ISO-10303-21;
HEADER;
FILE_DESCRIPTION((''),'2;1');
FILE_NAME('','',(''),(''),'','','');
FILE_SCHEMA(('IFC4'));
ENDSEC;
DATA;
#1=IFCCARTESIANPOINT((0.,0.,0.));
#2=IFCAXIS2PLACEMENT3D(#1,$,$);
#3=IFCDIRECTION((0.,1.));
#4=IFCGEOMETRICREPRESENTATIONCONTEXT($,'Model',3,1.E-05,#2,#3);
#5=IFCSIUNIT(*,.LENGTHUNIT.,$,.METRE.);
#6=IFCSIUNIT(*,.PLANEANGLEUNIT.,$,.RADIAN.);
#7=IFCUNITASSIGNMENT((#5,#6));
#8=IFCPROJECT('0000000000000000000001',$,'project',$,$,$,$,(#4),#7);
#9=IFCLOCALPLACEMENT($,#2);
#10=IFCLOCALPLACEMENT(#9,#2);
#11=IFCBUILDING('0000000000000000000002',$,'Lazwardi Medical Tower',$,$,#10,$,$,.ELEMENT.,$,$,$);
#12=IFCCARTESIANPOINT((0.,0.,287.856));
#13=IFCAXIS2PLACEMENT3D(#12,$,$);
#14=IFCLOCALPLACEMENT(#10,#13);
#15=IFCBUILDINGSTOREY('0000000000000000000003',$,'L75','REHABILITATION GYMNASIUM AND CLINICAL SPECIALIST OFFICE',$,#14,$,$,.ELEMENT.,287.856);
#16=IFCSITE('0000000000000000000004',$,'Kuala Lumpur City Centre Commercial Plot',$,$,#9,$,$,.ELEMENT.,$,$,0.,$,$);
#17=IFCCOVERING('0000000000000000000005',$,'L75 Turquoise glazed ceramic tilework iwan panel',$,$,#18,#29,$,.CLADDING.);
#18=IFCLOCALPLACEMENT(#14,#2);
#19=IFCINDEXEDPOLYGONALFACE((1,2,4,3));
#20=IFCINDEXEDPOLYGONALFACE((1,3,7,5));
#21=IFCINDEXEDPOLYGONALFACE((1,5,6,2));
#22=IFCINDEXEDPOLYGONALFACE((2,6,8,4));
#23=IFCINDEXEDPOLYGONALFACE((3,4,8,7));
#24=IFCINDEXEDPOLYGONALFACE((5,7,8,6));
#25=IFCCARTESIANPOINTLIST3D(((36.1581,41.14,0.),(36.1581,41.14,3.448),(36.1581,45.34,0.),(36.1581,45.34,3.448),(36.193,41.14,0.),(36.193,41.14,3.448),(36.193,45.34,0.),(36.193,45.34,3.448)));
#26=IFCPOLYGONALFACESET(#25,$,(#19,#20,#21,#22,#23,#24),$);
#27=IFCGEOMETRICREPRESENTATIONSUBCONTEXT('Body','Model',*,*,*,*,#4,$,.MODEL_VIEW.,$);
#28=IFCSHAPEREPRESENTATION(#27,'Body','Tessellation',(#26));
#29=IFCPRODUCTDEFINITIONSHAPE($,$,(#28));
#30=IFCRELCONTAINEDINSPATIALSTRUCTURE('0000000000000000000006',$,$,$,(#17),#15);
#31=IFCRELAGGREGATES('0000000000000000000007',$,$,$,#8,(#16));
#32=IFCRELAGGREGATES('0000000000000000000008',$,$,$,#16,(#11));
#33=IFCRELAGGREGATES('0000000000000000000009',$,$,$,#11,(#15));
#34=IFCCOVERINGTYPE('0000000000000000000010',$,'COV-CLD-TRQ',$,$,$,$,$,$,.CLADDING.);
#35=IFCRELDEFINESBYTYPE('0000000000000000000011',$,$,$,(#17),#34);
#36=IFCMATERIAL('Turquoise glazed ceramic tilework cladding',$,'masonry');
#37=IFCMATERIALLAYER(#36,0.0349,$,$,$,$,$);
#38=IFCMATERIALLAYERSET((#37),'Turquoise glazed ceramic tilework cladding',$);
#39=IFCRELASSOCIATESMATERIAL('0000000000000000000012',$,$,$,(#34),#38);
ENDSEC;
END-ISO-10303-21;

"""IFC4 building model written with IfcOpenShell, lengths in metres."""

from ifc_helpers import new_model, si_unit, direction, frame, origin, origin_2d, place, context, subcontext, project, spatial, rectangle, extrude, material, layer, layer_set, type_object, element, save


model = new_model("IFC4")

# Units and contexts
model_context = context("Model", 3, precision=1e-05, world=origin(), true_north=direction((0.0, 1.0)))
body_context = subcontext(model_context, "Body", "Model", "MODEL_VIEW")
ifc_project = project(units=[si_unit("LENGTHUNIT", "METRE"), si_unit("PLANEANGLEUNIT", "RADIAN")], contexts=[model_context])

# Site, building, storey
site_placement = place(None, origin())
site = spatial("IfcSite", under=ifc_project, at=site_placement, Name="Kuala Lumpur City Centre Commercial Plot", CompositionType="ELEMENT", RefElevation=0.0)
building_placement = place(site_placement, origin())
building = spatial("IfcBuilding", under=site, at=building_placement, Name="Lazwardi Medical Tower", CompositionType="ELEMENT")
storey_placement = place(building_placement, frame((0.0, 0.0, 287.856)))
storey = spatial("IfcBuildingStorey", under=building, at=storey_placement, Name="L75", Description="REHABILITATION GYMNASIUM AND CLINICAL SPECIALIST OFFICE", CompositionType="ELEMENT", Elevation=287.856)

# Covering
ifc_material_1 = material(Name="Turquoise glazed ceramic tilework cladding", Category="masonry")
ifc_layer_1 = layer(ifc_material_1, 0.0349)
ifc_layer_set_1 = layer_set([ifc_layer_1], Name="Turquoise glazed ceramic tilework cladding")
covering_type = type_object("IfcCoveringType", Name="COV-CLD-TRQ", PredefinedType="CLADDING", material=ifc_layer_set_1)
covering_1_placement = place(storey_placement, frame((36.1755, 43.24, 0.0), z_axis=(0.0, 0.0, 1.0), x_axis=(0.0, -1.0, 0.0)))
element("IfcCovering", 1, at=covering_1_placement, inside=storey, type_object=covering_type, Name="L75 Turquoise glazed ceramic tilework iwan panel", PredefinedType="CLADDING", context=body_context, shape_type="SweptSolid", body=[
    extrude(rectangle(XDim=4.2, YDim=0.0349, at=origin_2d()), origin(), (0.0, 0.0, 1.0), 3.448),
])

save(model, "model.ifc")
